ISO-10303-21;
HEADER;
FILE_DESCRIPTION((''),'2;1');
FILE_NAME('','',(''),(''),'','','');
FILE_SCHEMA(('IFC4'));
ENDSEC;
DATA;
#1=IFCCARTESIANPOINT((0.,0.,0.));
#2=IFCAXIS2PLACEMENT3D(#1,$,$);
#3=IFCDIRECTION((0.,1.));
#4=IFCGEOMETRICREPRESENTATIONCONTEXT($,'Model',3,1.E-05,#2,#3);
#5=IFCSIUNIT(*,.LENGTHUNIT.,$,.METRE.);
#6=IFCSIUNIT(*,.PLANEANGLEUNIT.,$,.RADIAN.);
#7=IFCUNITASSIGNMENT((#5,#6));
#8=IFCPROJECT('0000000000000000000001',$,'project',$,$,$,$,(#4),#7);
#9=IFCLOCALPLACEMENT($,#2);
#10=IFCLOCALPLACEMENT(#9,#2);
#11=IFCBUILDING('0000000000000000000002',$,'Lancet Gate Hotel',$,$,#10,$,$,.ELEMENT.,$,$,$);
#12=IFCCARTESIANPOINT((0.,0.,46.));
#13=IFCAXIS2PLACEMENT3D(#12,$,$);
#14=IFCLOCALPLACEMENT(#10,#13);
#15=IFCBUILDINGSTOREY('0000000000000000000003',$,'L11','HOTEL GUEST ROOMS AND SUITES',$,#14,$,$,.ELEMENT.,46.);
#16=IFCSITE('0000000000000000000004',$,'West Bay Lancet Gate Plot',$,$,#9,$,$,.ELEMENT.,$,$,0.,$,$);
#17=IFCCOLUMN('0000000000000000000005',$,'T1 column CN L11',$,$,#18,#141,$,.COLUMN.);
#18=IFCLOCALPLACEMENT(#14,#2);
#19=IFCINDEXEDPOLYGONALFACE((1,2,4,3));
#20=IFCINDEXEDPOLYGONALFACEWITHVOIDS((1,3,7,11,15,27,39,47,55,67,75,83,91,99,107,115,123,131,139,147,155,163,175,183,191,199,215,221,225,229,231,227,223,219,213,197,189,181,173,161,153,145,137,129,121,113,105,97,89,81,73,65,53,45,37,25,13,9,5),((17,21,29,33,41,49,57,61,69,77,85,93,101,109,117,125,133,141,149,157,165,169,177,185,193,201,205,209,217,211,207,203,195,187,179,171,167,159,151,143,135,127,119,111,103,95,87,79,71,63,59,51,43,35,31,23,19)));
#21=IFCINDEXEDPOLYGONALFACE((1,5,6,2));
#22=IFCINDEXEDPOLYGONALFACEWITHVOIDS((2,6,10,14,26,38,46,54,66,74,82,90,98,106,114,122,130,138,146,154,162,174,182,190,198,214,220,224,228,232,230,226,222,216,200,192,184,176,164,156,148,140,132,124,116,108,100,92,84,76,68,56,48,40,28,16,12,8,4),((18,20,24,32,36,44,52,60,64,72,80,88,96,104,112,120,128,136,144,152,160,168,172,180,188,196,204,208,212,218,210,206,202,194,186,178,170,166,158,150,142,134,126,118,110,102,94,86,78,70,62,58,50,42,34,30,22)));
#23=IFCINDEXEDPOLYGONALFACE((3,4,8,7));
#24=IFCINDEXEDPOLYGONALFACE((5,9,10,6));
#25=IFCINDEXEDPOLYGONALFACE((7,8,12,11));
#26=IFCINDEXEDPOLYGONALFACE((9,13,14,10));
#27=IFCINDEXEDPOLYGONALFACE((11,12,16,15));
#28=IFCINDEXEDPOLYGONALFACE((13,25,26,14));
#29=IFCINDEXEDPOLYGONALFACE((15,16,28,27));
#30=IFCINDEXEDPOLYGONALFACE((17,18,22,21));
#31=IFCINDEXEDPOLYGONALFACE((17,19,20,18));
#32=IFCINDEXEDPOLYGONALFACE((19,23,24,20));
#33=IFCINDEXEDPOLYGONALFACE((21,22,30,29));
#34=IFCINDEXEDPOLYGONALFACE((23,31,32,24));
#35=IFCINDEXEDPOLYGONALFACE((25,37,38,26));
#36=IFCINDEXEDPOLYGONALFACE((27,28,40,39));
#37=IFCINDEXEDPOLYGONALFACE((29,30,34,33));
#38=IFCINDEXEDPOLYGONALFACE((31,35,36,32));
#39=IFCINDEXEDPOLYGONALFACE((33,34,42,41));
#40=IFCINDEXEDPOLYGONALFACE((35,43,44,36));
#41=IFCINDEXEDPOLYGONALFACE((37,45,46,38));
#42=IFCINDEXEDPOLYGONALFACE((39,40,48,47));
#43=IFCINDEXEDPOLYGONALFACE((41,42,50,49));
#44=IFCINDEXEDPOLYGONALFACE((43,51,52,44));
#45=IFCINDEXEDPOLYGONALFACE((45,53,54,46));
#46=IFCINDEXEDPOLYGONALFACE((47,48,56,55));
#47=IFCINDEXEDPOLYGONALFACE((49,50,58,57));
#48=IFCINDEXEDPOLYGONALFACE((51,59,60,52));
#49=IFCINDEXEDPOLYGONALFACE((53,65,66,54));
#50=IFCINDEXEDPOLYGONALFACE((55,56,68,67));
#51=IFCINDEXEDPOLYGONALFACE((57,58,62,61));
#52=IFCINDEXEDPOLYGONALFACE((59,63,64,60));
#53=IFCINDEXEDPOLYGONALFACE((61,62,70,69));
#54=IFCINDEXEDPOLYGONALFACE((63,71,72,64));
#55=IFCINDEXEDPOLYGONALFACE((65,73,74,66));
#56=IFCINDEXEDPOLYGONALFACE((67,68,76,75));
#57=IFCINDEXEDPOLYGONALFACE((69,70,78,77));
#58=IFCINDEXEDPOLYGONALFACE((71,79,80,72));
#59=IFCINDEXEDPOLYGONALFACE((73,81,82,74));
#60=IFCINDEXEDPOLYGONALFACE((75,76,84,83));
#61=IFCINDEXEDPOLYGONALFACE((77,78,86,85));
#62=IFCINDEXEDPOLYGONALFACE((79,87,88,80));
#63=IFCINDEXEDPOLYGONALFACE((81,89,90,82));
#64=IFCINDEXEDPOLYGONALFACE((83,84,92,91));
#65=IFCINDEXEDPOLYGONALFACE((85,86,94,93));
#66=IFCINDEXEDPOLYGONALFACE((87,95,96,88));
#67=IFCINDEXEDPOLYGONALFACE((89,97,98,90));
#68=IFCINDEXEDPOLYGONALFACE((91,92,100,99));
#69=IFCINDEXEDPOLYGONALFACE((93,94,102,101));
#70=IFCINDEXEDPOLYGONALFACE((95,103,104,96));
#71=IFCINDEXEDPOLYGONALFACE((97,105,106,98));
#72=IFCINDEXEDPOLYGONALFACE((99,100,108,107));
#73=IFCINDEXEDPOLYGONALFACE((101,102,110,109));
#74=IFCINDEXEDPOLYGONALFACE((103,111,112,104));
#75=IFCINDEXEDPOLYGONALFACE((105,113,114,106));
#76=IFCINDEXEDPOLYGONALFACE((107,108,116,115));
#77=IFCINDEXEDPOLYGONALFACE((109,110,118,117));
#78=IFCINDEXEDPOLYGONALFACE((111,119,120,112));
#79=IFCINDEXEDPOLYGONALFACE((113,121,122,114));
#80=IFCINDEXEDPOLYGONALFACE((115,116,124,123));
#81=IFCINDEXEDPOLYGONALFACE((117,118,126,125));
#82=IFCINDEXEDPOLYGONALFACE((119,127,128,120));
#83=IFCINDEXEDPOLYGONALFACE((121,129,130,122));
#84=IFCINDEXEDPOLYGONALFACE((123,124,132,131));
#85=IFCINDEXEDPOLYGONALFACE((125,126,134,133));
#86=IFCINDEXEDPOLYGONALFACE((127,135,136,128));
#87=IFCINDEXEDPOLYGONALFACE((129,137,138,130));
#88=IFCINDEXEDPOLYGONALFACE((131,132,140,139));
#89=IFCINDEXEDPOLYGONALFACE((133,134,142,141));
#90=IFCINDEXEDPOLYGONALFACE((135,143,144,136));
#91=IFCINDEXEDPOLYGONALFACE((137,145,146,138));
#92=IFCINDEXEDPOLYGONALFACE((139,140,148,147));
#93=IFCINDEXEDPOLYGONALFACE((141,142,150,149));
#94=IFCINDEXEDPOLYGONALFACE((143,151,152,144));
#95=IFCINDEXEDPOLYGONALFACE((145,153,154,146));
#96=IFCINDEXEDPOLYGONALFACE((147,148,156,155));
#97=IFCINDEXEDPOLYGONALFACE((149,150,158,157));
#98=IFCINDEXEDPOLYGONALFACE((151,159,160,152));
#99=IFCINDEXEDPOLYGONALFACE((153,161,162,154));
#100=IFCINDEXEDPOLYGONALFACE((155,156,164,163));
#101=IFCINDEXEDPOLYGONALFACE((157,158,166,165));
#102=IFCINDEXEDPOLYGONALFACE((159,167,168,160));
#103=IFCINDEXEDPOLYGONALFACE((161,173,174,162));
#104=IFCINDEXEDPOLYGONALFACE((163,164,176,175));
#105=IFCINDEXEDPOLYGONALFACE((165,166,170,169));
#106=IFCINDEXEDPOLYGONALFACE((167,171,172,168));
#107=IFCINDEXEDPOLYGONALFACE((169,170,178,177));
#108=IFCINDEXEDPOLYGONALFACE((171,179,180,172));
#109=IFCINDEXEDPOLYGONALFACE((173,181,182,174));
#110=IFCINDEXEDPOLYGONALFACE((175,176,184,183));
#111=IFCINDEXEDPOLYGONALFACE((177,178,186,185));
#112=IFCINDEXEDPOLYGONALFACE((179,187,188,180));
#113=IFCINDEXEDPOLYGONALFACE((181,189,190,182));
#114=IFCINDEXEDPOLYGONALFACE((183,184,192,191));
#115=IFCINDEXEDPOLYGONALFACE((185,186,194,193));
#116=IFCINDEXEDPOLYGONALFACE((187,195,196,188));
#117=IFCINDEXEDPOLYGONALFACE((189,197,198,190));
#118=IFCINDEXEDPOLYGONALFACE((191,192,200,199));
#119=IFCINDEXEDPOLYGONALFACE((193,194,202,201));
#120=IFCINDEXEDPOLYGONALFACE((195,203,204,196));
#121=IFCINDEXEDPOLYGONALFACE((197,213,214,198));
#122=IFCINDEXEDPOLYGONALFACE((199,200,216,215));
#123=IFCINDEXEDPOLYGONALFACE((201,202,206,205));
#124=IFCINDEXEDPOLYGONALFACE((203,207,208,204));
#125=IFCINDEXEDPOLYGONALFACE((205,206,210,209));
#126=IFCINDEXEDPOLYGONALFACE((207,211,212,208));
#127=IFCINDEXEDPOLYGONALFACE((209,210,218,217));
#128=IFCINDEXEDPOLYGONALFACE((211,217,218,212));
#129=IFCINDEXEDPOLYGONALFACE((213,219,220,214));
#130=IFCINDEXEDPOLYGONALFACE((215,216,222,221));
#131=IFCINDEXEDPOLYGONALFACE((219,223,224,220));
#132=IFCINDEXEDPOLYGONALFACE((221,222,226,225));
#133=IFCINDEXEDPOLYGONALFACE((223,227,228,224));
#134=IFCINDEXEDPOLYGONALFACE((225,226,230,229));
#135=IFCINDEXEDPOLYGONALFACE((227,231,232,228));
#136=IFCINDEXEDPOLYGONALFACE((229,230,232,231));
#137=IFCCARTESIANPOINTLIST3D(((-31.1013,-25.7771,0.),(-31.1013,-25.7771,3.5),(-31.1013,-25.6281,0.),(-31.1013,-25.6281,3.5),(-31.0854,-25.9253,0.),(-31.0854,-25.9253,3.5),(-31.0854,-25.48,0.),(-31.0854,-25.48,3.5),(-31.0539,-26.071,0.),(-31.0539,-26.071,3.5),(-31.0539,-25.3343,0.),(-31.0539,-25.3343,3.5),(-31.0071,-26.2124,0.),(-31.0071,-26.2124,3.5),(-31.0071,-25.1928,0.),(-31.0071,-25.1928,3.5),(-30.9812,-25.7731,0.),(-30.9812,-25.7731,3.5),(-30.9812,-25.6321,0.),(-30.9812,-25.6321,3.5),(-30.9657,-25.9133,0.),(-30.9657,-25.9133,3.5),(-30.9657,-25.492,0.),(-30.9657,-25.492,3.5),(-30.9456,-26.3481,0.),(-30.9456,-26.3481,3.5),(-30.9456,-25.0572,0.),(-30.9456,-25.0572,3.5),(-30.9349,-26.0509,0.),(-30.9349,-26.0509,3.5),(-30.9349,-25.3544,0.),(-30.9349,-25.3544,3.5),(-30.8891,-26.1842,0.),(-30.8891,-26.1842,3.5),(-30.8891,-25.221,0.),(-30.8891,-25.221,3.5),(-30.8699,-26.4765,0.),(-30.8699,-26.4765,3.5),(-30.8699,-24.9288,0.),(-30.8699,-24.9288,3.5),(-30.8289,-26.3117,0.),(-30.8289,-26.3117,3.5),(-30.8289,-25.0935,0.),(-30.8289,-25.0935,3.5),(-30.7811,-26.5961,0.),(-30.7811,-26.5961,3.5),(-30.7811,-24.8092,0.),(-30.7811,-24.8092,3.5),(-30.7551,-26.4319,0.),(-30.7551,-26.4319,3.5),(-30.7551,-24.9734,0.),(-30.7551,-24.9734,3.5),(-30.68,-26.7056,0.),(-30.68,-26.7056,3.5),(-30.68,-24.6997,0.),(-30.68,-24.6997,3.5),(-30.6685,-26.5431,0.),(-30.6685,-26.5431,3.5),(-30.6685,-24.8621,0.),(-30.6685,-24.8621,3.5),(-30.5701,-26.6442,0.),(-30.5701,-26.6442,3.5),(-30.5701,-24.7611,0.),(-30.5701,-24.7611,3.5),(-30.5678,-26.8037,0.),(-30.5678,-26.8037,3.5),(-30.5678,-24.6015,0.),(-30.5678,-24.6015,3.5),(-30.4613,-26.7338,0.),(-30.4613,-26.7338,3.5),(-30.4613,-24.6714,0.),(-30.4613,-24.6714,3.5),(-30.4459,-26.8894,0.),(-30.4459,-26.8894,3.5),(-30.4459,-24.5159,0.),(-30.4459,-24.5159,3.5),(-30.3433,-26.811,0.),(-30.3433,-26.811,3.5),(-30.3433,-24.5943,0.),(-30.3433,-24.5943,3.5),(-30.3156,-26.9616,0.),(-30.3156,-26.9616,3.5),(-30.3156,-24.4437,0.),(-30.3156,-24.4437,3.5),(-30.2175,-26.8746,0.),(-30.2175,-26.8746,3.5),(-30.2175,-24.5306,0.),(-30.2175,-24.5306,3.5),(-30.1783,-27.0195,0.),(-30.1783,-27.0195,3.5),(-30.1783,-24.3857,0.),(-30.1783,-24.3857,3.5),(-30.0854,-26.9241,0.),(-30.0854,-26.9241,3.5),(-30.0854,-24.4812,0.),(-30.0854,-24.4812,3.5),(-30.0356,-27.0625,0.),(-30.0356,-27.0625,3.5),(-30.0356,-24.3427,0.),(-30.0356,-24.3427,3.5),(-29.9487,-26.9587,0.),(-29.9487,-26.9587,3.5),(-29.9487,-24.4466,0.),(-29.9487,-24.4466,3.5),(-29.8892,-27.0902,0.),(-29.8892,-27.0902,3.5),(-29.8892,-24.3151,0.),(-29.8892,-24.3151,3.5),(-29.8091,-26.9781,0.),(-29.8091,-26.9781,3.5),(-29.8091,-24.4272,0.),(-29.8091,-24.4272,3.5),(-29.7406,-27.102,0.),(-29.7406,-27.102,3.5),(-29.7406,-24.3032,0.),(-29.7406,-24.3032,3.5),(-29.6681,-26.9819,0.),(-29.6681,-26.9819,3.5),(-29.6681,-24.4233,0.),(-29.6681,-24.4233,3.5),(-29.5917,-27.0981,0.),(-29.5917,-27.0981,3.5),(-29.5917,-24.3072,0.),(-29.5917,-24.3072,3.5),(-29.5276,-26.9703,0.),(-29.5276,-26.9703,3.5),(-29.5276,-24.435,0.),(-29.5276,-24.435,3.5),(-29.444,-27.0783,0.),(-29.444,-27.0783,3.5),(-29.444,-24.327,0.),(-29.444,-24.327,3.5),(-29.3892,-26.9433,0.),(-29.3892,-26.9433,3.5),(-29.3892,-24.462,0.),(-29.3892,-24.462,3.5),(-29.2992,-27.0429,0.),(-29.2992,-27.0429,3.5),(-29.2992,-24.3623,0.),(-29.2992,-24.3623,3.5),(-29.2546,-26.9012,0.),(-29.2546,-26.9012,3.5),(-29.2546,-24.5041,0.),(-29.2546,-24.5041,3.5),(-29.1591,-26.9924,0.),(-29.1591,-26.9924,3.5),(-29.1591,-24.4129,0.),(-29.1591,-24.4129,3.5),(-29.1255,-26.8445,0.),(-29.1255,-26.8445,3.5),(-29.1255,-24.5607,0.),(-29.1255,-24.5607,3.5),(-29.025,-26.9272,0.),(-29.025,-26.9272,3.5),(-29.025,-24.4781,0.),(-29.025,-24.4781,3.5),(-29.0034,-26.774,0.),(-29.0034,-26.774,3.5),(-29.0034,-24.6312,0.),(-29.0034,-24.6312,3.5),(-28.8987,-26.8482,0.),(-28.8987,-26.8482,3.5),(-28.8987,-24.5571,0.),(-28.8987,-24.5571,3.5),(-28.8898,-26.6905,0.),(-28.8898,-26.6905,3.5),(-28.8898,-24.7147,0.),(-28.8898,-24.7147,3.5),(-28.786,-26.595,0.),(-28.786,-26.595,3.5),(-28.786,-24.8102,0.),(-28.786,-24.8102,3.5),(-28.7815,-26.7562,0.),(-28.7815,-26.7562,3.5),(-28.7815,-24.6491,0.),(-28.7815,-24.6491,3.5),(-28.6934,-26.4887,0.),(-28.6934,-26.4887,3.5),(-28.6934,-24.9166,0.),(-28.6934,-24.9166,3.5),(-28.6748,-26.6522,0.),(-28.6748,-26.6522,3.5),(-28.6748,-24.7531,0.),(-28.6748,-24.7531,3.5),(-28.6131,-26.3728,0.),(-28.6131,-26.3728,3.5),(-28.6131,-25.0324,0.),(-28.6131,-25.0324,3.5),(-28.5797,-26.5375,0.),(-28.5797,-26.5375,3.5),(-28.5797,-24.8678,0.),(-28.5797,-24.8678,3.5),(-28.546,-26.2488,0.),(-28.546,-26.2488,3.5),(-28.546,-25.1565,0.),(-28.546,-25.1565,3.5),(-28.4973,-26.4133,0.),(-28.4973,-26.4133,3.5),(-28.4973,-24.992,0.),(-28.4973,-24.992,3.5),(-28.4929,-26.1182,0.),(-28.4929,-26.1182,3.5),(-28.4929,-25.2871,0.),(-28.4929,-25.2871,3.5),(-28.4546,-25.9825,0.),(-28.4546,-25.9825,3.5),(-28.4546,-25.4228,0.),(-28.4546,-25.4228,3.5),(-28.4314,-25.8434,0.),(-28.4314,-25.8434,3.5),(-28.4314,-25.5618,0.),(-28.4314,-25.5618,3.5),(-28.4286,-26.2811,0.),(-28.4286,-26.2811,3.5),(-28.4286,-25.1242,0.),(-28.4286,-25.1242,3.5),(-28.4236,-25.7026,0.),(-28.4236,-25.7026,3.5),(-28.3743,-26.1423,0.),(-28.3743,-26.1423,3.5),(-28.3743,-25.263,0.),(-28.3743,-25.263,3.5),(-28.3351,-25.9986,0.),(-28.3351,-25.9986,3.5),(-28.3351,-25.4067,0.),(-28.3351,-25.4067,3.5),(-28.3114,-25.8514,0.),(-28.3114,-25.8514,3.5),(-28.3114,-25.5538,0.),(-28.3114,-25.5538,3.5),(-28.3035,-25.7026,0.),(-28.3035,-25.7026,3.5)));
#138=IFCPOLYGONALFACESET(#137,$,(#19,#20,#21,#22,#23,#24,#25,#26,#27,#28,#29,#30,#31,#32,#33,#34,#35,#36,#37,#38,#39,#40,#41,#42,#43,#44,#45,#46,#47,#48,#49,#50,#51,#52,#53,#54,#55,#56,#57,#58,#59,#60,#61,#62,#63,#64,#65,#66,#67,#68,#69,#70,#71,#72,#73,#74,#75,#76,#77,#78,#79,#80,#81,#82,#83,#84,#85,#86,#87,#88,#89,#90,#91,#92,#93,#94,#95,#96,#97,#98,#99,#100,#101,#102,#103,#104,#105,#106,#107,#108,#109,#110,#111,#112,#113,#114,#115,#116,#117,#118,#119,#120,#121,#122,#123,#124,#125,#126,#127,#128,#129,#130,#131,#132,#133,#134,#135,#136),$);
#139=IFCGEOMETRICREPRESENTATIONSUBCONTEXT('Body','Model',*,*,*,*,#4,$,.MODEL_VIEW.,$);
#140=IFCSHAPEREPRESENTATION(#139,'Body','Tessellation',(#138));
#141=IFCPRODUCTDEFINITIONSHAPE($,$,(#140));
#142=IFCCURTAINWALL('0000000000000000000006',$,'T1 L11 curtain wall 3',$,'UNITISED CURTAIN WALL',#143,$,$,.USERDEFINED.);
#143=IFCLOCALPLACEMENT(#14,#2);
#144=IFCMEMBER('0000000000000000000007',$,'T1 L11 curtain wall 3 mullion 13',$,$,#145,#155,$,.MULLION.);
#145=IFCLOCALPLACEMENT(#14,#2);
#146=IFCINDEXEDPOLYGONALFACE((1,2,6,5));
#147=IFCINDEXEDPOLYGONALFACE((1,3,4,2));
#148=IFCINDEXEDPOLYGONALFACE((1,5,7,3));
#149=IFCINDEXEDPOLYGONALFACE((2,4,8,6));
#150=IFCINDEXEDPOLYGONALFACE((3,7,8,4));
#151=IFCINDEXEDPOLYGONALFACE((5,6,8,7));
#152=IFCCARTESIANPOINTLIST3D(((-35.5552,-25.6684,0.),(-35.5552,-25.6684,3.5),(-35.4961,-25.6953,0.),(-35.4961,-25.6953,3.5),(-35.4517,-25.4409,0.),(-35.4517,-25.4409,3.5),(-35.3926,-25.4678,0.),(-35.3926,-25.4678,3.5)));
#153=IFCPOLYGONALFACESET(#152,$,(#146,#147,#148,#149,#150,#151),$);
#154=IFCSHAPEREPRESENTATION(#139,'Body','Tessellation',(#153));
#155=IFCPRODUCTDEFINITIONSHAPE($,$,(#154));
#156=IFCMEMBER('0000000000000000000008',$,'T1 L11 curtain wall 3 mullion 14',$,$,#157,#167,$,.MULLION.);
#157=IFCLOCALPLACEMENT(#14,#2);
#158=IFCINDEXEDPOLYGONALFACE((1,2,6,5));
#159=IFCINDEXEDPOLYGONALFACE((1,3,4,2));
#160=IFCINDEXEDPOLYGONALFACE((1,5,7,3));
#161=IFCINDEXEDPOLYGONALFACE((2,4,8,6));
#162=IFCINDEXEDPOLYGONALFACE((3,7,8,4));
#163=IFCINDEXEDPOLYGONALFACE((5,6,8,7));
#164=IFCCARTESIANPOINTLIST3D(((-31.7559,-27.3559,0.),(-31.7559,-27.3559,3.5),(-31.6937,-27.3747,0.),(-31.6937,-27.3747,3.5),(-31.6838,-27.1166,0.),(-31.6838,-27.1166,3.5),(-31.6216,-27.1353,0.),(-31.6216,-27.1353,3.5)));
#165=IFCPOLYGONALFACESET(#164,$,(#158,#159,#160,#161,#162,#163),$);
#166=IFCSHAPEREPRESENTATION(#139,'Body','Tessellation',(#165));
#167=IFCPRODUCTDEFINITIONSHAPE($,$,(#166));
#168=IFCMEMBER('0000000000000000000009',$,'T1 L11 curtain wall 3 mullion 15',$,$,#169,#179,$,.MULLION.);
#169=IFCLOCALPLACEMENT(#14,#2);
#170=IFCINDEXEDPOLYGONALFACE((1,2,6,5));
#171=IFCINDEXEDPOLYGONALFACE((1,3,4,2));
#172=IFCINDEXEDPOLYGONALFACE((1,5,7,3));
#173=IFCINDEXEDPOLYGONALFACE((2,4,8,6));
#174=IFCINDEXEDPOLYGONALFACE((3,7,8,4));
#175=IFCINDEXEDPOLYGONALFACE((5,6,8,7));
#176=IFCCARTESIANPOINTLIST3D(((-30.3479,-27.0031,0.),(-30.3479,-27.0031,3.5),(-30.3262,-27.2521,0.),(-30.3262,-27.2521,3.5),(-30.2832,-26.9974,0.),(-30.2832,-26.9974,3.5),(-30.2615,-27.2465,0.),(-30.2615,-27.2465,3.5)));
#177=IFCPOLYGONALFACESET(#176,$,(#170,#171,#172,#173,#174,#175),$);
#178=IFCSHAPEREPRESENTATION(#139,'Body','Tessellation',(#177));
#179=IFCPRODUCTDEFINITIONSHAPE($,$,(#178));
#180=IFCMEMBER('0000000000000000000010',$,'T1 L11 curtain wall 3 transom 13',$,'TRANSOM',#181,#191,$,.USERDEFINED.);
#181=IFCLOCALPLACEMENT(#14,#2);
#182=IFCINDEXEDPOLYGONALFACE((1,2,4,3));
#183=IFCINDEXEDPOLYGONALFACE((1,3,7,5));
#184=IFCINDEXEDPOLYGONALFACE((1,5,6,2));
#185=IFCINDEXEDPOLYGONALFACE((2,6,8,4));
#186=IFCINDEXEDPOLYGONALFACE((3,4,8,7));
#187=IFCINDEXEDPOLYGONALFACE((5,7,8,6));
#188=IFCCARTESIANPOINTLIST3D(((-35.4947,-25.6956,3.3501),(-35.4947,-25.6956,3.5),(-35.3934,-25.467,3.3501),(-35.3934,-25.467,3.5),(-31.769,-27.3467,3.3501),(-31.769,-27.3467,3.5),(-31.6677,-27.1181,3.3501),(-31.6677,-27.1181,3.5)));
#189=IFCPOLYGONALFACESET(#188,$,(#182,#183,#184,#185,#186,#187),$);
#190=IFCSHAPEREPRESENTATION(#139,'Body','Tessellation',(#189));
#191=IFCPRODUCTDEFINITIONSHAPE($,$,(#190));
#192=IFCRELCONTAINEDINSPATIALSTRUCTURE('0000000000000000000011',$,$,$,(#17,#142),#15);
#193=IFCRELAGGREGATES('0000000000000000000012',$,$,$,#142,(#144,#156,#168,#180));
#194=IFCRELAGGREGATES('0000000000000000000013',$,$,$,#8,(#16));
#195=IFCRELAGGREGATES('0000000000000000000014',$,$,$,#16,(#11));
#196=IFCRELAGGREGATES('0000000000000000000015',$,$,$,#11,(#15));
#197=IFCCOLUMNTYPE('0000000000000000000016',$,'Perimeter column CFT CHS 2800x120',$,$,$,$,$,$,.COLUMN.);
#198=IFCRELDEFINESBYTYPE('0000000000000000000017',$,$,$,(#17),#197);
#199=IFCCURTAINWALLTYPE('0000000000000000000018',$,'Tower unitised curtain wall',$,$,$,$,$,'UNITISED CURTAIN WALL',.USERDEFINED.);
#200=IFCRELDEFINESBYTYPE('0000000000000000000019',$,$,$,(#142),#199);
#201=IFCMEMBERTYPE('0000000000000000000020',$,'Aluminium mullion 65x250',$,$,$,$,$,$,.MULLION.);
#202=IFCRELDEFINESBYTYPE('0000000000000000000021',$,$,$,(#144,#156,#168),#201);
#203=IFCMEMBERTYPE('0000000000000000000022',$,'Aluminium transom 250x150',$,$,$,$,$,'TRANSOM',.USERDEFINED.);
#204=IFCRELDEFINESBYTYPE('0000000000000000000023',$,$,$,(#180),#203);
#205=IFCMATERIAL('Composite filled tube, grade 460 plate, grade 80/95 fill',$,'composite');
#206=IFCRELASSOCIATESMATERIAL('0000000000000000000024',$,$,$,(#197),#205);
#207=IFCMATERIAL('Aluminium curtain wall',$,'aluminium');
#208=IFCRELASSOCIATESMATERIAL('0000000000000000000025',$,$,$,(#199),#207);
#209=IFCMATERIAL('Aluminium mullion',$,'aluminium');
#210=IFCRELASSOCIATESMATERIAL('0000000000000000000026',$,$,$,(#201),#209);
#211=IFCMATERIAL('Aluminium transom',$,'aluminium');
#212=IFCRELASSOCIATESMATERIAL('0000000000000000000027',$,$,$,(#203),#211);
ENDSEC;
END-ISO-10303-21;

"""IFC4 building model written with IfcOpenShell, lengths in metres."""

from ifc_helpers import new_model, si_unit, direction, frame, origin, origin_2d, place, context, subcontext, project, spatial, rectangle, hollow_circle, extrude, material, material_profile, profile_set, type_object, element, aggregate, save


model = new_model("IFC4")

# Units and contexts
model_context = context("Model", 3, precision=1e-05, world=origin(), true_north=direction((0.0, 1.0)))
body_context = subcontext(model_context, "Body", "Model", "MODEL_VIEW")
ifc_project = project(units=[si_unit("LENGTHUNIT", "METRE"), si_unit("PLANEANGLEUNIT", "RADIAN")], contexts=[model_context])

# Site, building, storey
site_placement = place(None, origin())
site = spatial("IfcSite", under=ifc_project, at=site_placement, Name="West Bay Lancet Gate Plot", CompositionType="ELEMENT", RefElevation=0.0)
building_placement = place(site_placement, origin())
building = spatial("IfcBuilding", under=site, at=building_placement, Name="Lancet Gate Hotel", CompositionType="ELEMENT")
storey_placement = place(building_placement, frame((0.0, 0.0, 46.0)))
storey = spatial("IfcBuildingStorey", under=building, at=storey_placement, Name="L11", Description="HOTEL GUEST ROOMS AND SUITES", CompositionType="ELEMENT", Elevation=46.0)

# Column
ifc_material_1 = material(Name="Composite filled tube, grade 460 plate, grade 80/95 fill", Category="composite")
ifc_material_profile_1 = material_profile(ifc_material_1, hollow_circle(Radius=1.3999, WallThickness=0.1201, at=origin_2d()), Name="CHS 2800x120")
ifc_profile_set_1 = profile_set([ifc_material_profile_1], Name="Composite filled tube, grade 460 plate, grade 80/95 fill")
column_type = type_object("IfcColumnType", Name="Perimeter column CFT CHS 2800x120", PredefinedType="COLUMN", material=ifc_profile_set_1)
column_placement = place(storey_placement, frame((-29.7034, -25.7026, 0.0), z_axis=(0.0, 0.0, 1.0), x_axis=(1.0, 0.0, 0.0)))
element("IfcColumn", 1, at=column_placement, inside=storey, type_object=column_type, Name="T1 column CN L11", PredefinedType="COLUMN", context=body_context, shape_type="SweptSolid", body=[
    extrude(hollow_circle(Radius=1.3999, WallThickness=0.1201, at=origin_2d()), origin(), (0.0, 0.0, 1.0), 3.5),
])

# Curtain wall, members
ifc_material_2 = material(Name="Aluminium curtain wall", Category="aluminium")
curtain_wall_type = type_object("IfcCurtainWallType", Name="Tower unitised curtain wall", ElementType="UNITISED CURTAIN WALL", PredefinedType="USERDEFINED", material=ifc_material_2)
curtain_wall_placement = place(storey_placement, origin())
curtain_wall = element("IfcCurtainWall", 2, at=curtain_wall_placement, inside=storey, type_object=curtain_wall_type, Name="T1 L11 curtain wall 3", ObjectType="UNITISED CURTAIN WALL", PredefinedType="USERDEFINED")
ifc_material_3 = material(Name="Aluminium mullion", Category="aluminium")
ifc_material_profile_2 = material_profile(ifc_material_3, rectangle(XDim=0.0649, YDim=0.25, at=origin_2d()), Name="MULLION 65x250")
ifc_profile_set_2 = profile_set([ifc_material_profile_2], Name="Aluminium mullion")
member_type_1 = type_object("IfcMemberType", Name="Aluminium mullion 65x250", PredefinedType="MULLION", material=ifc_profile_set_2)
member_1_placement = place(storey_placement, frame((-35.4739, -25.5681, 0.0), z_axis=(0.0, 0.0, 1.0), x_axis=(0.91022, -0.414126, 0.0)))
member_1 = element("IfcMember", 3, at=member_1_placement, type_object=member_type_1, Name="T1 L11 curtain wall 3 mullion 13", PredefinedType="MULLION", context=body_context, shape_type="SweptSolid", body=[
    extrude(rectangle(XDim=0.0649, YDim=0.25, at=origin_2d()), origin(), (0.0, 0.0, 1.0), 3.5),
])
member_2_placement = place(storey_placement, frame((-31.6887, -27.2456, 0.0), z_axis=(0.0, 0.0, 1.0), x_axis=(0.957524, -0.288352, 0.0)))
member_2 = element("IfcMember", 4, at=member_2_placement, type_object=member_type_1, Name="T1 L11 curtain wall 3 mullion 14", PredefinedType="MULLION", context=body_context, shape_type="SweptSolid", body=[
    extrude(rectangle(XDim=0.0649, YDim=0.25, at=origin_2d()), origin(), (0.0, 0.0, 1.0), 3.5),
])
member_3_placement = place(storey_placement, frame((-30.3047, -27.1248, 0.0), z_axis=(0.0, 0.0, 1.0), x_axis=(0.996204, 0.087052, 0.0)))
member_3 = element("IfcMember", 5, at=member_3_placement, type_object=member_type_1, Name="T1 L11 curtain wall 3 mullion 15", PredefinedType="MULLION", context=body_context, shape_type="SweptSolid", body=[
    extrude(rectangle(XDim=0.0649, YDim=0.25, at=origin_2d()), origin(), (0.0, 0.0, 1.0), 3.5),
])
ifc_material_4 = material(Name="Aluminium transom", Category="aluminium")
ifc_material_profile_3 = material_profile(ifc_material_4, rectangle(XDim=0.25, YDim=0.1499, at=origin_2d()), Name="TRANSOM 250x150")
ifc_profile_set_3 = profile_set([ifc_material_profile_3], Name="Aluminium transom")
member_type_2 = type_object("IfcMemberType", Name="Aluminium transom 250x150", ElementType="TRANSOM", PredefinedType="USERDEFINED", material=ifc_profile_set_3)
member_4_placement = place(storey_placement, frame((-35.4441, -25.5813, 3.425), z_axis=(0.914248, -0.405154, 0.0), x_axis=(0.405154, 0.914248, 0.0)))
member_4 = element("IfcMember", 6, at=member_4_placement, type_object=member_type_2, Name="T1 L11 curtain wall 3 transom 13", ObjectType="TRANSOM", PredefinedType="USERDEFINED", context=body_context, shape_type="SweptSolid", body=[
    extrude(rectangle(XDim=0.25, YDim=0.1499, at=origin_2d()), origin(), (0.0, 0.0, 1.0), 4.0752),
])

aggregate(curtain_wall, [member_1, member_2, member_3, member_4])

save(model, "model.ifc")
